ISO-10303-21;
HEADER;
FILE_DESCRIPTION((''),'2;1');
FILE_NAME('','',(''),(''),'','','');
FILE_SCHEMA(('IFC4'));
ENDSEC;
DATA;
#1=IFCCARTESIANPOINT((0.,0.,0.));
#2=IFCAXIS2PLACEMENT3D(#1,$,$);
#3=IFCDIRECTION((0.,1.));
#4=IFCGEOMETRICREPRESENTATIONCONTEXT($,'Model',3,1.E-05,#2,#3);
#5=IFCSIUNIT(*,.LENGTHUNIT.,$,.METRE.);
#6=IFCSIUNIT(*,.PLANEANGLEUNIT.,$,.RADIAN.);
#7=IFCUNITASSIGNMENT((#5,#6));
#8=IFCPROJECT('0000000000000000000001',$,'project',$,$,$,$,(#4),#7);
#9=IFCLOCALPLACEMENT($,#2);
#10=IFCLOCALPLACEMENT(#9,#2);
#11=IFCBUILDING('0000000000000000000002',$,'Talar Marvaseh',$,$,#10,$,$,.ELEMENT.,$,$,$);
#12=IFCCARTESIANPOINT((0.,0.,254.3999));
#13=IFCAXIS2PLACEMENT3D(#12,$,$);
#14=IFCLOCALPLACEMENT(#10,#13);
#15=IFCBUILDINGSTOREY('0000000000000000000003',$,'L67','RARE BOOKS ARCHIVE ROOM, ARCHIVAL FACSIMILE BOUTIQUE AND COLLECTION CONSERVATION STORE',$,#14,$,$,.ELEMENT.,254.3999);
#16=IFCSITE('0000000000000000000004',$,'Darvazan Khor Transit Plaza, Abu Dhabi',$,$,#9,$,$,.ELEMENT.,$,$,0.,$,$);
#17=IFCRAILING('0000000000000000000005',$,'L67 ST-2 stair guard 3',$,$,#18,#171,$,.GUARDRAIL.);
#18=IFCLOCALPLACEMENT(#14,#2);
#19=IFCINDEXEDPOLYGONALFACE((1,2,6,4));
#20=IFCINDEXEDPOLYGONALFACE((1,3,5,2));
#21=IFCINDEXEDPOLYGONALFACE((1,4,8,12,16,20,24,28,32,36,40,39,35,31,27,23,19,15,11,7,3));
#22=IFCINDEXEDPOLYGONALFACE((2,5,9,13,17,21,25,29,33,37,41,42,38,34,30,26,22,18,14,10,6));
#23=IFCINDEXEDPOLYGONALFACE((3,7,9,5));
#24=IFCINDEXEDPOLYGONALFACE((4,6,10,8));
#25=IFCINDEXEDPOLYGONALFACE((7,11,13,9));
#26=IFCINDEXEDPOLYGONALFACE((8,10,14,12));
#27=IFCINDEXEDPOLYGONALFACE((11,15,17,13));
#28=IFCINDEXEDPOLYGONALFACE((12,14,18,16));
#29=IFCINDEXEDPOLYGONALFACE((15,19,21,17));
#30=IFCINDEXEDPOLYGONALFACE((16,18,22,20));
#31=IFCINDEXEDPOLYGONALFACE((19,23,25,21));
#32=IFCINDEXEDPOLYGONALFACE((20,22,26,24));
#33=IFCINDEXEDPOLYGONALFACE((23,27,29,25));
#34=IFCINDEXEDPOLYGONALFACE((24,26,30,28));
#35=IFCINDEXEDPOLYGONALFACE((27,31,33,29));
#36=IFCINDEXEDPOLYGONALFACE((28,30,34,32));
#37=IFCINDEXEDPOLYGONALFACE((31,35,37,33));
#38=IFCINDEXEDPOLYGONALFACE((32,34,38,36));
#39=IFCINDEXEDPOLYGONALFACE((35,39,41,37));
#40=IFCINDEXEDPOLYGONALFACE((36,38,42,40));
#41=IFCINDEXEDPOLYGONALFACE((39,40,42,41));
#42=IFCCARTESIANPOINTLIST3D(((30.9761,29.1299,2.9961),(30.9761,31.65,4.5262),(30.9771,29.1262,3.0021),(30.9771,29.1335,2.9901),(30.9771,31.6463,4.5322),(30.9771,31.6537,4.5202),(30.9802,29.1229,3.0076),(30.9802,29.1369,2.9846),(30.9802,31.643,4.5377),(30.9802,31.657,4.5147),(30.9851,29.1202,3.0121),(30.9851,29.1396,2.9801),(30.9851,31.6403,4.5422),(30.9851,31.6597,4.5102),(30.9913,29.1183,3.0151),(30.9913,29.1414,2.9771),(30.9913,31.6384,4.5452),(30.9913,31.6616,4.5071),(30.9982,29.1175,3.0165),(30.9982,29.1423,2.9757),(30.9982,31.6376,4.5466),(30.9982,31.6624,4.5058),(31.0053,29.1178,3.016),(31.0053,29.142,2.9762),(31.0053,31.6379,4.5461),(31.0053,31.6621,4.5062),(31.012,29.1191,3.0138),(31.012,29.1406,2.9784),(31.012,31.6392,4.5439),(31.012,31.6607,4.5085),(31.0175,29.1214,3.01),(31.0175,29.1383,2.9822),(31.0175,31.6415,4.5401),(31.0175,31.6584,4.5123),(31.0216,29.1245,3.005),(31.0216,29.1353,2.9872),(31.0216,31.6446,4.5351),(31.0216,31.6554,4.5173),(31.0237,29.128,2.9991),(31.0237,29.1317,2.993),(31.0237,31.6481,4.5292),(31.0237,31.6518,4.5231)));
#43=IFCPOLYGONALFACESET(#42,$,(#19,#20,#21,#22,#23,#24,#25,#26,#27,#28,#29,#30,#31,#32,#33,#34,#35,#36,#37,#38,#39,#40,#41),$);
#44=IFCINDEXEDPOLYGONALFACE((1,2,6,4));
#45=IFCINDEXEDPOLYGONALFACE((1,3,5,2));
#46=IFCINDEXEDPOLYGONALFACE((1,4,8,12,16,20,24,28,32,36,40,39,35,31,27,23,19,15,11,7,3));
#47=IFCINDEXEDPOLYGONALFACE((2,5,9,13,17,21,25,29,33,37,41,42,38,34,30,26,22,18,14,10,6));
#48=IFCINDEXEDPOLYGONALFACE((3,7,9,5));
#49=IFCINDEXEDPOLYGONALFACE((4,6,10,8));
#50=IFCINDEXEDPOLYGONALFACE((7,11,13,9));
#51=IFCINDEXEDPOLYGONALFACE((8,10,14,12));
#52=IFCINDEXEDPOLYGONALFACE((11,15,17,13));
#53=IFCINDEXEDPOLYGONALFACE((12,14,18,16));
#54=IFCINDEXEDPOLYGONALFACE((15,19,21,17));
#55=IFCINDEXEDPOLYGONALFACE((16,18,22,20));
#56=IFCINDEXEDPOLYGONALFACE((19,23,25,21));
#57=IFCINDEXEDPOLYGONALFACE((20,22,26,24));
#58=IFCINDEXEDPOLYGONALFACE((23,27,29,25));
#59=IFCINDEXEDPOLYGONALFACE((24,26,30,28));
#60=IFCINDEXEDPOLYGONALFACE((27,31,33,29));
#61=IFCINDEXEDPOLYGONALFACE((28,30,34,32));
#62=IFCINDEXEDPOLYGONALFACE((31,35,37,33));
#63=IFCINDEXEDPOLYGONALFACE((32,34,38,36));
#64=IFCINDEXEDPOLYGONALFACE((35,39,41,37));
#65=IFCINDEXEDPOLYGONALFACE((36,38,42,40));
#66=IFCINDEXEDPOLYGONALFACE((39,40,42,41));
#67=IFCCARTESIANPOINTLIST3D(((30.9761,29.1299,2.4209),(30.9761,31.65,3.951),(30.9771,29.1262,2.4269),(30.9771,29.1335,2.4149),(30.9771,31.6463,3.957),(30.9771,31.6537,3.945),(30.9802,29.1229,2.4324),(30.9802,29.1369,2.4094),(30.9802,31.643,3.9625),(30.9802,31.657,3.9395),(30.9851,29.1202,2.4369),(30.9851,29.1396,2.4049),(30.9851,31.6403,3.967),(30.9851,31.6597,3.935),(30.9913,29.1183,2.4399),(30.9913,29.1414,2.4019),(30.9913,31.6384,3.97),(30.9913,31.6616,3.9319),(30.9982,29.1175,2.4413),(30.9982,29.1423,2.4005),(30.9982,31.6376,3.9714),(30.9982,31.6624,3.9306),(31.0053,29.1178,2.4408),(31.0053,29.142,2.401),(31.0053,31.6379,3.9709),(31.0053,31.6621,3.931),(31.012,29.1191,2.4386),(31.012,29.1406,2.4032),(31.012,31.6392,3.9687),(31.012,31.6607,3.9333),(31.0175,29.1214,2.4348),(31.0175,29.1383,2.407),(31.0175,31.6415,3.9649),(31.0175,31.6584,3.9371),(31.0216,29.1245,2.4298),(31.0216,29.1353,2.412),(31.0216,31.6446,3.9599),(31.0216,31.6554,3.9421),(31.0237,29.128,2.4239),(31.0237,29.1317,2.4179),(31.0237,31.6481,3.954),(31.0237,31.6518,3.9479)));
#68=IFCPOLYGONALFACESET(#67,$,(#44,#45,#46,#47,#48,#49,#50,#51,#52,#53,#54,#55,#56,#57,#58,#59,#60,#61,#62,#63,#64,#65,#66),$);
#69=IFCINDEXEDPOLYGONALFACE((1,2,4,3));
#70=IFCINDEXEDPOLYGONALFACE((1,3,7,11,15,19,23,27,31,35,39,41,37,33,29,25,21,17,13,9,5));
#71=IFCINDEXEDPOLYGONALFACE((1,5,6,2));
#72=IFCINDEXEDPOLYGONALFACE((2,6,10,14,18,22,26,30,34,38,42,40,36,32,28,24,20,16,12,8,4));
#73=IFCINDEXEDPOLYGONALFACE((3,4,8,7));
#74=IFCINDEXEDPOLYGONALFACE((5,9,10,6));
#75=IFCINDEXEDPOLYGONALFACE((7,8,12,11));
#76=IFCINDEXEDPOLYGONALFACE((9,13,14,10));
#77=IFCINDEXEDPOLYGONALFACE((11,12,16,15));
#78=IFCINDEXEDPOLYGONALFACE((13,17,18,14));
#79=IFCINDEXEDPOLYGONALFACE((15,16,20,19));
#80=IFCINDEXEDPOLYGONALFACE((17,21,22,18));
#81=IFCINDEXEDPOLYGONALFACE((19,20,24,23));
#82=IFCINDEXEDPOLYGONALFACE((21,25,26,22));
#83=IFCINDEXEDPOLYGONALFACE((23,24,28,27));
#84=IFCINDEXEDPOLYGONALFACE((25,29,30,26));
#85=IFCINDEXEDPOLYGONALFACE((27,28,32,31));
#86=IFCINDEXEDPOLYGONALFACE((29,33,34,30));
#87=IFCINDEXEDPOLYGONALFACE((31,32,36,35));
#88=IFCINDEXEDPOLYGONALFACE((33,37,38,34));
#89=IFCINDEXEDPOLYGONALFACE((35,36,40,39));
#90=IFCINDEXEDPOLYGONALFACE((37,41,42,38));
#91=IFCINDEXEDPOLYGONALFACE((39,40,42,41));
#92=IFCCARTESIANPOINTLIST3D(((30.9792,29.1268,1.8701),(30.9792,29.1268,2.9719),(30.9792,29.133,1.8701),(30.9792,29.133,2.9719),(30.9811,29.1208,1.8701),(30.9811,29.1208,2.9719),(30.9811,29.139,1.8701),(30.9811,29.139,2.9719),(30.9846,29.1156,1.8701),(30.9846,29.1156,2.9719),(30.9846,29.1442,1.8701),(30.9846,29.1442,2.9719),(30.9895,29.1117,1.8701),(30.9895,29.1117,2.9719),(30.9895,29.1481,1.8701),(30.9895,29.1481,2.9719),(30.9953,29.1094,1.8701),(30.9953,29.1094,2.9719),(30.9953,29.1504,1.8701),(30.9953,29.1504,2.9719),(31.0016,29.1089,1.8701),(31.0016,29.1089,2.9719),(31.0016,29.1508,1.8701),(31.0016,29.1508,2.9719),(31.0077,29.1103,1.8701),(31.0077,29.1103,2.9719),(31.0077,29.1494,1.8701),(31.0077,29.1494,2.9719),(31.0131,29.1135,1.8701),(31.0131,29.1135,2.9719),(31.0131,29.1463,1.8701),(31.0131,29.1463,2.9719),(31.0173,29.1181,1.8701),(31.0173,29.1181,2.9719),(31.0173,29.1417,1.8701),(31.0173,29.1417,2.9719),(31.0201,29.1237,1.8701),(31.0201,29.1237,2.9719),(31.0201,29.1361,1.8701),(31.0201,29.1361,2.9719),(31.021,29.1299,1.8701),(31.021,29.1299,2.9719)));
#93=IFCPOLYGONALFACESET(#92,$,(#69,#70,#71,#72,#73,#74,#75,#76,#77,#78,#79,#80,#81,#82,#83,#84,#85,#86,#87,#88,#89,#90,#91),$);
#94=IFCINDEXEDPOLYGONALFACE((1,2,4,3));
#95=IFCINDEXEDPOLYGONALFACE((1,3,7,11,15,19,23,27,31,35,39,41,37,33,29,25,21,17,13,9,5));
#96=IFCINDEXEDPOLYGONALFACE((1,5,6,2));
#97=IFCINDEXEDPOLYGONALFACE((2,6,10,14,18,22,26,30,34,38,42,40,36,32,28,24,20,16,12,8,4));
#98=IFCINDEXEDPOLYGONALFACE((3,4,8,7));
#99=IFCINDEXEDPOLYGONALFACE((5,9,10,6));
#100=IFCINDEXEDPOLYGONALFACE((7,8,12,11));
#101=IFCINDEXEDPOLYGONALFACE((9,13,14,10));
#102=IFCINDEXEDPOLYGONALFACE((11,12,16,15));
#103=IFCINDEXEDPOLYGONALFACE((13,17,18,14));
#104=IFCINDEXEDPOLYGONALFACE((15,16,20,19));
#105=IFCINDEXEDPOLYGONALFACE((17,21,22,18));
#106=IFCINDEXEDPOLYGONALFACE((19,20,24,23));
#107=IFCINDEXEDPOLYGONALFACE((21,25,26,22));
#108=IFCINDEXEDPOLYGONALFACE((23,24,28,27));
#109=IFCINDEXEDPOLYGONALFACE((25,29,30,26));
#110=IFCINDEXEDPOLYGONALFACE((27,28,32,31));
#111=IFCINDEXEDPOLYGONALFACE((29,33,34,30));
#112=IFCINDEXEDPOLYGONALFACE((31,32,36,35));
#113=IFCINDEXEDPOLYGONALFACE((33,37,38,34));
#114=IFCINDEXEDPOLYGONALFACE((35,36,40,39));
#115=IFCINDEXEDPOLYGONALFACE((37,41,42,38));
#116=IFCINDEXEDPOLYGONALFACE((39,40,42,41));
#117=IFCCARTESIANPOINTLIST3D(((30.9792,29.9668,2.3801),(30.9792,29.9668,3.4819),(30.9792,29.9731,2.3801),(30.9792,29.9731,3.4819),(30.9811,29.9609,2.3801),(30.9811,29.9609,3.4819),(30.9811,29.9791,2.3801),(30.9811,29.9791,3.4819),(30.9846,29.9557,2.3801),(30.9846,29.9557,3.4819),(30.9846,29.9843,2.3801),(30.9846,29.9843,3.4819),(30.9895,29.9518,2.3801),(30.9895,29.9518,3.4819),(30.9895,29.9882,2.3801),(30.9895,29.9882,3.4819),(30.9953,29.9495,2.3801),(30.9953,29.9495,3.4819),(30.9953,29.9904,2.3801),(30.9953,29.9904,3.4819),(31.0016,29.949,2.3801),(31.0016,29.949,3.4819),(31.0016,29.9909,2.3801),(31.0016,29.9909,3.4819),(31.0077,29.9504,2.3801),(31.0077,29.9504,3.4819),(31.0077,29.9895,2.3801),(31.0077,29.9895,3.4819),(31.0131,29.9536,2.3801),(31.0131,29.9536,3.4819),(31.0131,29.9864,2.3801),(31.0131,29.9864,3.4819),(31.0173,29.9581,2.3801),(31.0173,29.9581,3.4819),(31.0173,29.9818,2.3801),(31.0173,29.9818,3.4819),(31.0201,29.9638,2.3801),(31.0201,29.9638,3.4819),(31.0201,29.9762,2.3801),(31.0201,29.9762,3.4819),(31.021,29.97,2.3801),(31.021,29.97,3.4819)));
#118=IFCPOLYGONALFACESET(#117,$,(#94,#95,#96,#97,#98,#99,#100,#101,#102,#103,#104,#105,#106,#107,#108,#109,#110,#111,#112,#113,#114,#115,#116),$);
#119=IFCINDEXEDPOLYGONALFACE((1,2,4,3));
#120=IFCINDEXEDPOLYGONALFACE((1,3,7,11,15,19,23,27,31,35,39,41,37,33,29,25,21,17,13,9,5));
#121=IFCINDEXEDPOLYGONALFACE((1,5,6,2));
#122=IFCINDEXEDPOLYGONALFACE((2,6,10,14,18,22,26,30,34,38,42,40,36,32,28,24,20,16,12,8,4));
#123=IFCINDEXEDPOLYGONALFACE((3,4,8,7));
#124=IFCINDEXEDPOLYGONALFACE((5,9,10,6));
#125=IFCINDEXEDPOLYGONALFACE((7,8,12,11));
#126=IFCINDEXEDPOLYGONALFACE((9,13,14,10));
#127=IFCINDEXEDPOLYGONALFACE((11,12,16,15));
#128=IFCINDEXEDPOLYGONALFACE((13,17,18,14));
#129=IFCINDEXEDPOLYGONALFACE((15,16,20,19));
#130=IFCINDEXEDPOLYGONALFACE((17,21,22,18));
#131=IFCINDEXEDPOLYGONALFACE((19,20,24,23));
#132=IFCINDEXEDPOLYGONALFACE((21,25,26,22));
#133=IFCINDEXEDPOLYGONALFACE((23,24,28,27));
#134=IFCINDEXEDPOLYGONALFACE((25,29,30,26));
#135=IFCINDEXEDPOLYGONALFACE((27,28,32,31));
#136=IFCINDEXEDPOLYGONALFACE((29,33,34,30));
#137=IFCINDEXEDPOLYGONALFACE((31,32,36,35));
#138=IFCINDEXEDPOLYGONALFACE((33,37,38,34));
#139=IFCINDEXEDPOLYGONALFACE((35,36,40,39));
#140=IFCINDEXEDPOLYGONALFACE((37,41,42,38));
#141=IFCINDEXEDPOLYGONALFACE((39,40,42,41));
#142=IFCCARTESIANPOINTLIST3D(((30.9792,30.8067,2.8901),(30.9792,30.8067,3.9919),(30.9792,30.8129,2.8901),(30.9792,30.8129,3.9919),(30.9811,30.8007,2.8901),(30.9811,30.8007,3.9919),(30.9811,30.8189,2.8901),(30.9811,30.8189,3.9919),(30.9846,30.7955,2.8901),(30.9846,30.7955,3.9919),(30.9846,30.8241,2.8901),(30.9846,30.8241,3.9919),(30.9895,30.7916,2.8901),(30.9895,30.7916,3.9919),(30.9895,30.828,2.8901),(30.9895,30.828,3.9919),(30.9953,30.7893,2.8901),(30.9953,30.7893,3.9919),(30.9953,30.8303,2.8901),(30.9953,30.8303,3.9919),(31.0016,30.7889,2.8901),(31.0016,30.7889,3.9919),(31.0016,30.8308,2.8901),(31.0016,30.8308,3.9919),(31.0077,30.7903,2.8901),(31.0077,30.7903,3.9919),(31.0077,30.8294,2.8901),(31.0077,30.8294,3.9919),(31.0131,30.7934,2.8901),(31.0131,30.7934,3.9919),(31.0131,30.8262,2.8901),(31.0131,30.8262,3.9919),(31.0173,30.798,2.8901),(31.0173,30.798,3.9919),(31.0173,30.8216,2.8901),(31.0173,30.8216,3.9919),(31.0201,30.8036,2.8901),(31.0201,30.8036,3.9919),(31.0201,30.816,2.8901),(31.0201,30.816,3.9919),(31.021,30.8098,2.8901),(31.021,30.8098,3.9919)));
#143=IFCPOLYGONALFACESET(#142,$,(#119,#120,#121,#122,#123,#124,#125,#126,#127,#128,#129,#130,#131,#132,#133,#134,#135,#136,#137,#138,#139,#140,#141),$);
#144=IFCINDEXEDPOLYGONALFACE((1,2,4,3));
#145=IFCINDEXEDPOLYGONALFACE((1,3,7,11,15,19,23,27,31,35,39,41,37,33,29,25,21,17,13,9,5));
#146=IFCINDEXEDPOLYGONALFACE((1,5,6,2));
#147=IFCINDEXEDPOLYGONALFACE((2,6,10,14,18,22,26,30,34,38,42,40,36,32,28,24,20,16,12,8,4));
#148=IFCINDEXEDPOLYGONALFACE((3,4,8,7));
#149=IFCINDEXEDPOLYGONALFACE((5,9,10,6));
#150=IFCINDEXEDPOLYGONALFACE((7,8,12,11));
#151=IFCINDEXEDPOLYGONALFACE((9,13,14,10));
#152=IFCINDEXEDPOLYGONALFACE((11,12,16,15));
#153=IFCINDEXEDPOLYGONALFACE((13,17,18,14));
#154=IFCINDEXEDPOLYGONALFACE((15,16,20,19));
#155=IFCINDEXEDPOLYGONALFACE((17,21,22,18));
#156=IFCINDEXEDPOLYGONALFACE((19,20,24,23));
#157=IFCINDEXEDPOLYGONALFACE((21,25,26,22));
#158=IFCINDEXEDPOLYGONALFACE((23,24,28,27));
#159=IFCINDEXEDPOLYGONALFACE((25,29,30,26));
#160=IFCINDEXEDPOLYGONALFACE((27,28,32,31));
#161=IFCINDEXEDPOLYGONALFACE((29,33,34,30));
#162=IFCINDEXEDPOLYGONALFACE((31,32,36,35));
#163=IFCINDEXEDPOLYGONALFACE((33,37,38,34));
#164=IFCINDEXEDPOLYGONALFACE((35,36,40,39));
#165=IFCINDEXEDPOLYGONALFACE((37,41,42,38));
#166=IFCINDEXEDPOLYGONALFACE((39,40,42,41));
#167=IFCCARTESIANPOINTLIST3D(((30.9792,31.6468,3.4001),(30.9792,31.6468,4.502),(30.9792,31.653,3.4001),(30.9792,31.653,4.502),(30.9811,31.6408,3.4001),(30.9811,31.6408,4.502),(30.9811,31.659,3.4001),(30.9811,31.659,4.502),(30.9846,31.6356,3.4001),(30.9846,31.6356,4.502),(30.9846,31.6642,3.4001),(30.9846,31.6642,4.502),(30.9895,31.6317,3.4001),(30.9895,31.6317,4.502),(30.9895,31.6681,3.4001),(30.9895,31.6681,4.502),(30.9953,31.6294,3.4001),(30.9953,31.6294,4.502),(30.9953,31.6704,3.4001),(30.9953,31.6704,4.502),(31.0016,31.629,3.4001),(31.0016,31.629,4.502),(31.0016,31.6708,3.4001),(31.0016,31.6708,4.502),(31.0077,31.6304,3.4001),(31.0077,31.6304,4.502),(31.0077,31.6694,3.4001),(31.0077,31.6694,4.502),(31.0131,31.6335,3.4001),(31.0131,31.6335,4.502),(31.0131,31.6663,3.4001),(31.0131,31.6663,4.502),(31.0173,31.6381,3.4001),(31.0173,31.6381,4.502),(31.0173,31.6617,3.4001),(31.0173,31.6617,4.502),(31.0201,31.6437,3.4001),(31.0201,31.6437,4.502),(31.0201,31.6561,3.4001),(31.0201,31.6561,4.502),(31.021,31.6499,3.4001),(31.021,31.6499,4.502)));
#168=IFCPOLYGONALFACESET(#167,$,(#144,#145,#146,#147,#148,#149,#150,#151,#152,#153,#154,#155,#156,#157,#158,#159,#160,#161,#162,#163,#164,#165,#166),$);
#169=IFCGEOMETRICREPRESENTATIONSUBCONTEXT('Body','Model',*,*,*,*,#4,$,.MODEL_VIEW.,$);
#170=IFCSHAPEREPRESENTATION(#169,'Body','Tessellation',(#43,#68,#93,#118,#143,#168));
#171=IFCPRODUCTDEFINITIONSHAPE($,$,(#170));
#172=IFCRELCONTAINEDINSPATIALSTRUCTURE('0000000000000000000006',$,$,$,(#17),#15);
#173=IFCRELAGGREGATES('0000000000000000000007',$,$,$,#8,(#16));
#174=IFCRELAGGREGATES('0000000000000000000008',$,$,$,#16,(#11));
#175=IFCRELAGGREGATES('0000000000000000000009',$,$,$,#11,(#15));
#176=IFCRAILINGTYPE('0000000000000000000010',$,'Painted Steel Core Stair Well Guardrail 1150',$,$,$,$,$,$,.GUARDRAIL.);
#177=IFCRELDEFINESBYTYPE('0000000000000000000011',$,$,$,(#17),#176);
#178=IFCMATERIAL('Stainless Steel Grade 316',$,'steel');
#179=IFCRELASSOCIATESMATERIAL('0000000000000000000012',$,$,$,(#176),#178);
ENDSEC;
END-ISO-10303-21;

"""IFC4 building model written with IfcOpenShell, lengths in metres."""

from ifc_helpers import new_model, si_unit, direction, frame, origin, origin_2d, place, context, subcontext, project, spatial, circle, extrude, material, type_object, element, save


model = new_model("IFC4")

# Units and contexts
model_context = context("Model", 3, precision=1e-05, world=origin(), true_north=direction((0.0, 1.0)))
body_context = subcontext(model_context, "Body", "Model", "MODEL_VIEW")
ifc_project = project(units=[si_unit("LENGTHUNIT", "METRE"), si_unit("PLANEANGLEUNIT", "RADIAN")], contexts=[model_context])

# Site, building, storey
site_placement = place(None, origin())
site = spatial("IfcSite", under=ifc_project, at=site_placement, Name="Darvazan Khor Transit Plaza, Abu Dhabi", CompositionType="ELEMENT", RefElevation=0.0)
building_placement = place(site_placement, origin())
building = spatial("IfcBuilding", under=site, at=building_placement, Name="Talar Marvaseh", CompositionType="ELEMENT")
storey_placement = place(building_placement, frame((0.0, 0.0, 254.3999)))
storey = spatial("IfcBuildingStorey", under=building, at=storey_placement, Name="L67", Description="RARE BOOKS ARCHIVE ROOM, ARCHIVAL FACSIMILE BOUTIQUE AND COLLECTION CONSERVATION STORE", CompositionType="ELEMENT", Elevation=254.3999)

# Shared definitions
ifc_material_1 = material(Name="Stainless Steel Grade 316", Category="steel")

# Railing
railing_type_1 = type_object("IfcRailingType", Name="Painted Steel Core Stair Well Guardrail 1150", PredefinedType="GUARDRAIL", material=ifc_material_1)
railing_1_placement = place(storey_placement, frame((31.0, 29.1299, 1.8701)))
element("IfcRailing", 1, at=railing_1_placement, inside=storey, type_object=railing_type_1, Name="L67 ST-2 stair guard 3", PredefinedType="GUARDRAIL", context=body_context, shape_type="SweptSolid", body=[
    extrude(circle(Radius=0.0239, at=origin_2d()), frame((0.0, 0.0, 1.126), z_axis=(0.0, 0.854785, 0.518982), x_axis=(-1.0, 0.0, 0.0)), (0.0, 0.0, 1.0), 2.9482),
    extrude(circle(Radius=0.0239, at=origin_2d()), frame((0.0, 0.0, 0.5508), z_axis=(0.0, 0.854785, 0.518982), x_axis=(-1.0, 0.0, 0.0)), (0.0, 0.0, 1.0), 2.9482),
    extrude(circle(Radius=0.021, at=origin_2d()), origin(), (0.0, 0.0, 1.0), 1.1018),
    extrude(circle(Radius=0.021, at=origin_2d()), frame((0.0, 0.8401, 0.51)), (0.0, 0.0, 1.0), 1.1018),
    extrude(circle(Radius=0.021, at=origin_2d()), frame((0.0, 1.6799, 1.02)), (0.0, 0.0, 1.0), 1.1018),
    extrude(circle(Radius=0.021, at=origin_2d()), frame((0.0, 2.52, 1.53)), (0.0, 0.0, 1.0), 1.1018),
])

save(model, "model.ifc")
